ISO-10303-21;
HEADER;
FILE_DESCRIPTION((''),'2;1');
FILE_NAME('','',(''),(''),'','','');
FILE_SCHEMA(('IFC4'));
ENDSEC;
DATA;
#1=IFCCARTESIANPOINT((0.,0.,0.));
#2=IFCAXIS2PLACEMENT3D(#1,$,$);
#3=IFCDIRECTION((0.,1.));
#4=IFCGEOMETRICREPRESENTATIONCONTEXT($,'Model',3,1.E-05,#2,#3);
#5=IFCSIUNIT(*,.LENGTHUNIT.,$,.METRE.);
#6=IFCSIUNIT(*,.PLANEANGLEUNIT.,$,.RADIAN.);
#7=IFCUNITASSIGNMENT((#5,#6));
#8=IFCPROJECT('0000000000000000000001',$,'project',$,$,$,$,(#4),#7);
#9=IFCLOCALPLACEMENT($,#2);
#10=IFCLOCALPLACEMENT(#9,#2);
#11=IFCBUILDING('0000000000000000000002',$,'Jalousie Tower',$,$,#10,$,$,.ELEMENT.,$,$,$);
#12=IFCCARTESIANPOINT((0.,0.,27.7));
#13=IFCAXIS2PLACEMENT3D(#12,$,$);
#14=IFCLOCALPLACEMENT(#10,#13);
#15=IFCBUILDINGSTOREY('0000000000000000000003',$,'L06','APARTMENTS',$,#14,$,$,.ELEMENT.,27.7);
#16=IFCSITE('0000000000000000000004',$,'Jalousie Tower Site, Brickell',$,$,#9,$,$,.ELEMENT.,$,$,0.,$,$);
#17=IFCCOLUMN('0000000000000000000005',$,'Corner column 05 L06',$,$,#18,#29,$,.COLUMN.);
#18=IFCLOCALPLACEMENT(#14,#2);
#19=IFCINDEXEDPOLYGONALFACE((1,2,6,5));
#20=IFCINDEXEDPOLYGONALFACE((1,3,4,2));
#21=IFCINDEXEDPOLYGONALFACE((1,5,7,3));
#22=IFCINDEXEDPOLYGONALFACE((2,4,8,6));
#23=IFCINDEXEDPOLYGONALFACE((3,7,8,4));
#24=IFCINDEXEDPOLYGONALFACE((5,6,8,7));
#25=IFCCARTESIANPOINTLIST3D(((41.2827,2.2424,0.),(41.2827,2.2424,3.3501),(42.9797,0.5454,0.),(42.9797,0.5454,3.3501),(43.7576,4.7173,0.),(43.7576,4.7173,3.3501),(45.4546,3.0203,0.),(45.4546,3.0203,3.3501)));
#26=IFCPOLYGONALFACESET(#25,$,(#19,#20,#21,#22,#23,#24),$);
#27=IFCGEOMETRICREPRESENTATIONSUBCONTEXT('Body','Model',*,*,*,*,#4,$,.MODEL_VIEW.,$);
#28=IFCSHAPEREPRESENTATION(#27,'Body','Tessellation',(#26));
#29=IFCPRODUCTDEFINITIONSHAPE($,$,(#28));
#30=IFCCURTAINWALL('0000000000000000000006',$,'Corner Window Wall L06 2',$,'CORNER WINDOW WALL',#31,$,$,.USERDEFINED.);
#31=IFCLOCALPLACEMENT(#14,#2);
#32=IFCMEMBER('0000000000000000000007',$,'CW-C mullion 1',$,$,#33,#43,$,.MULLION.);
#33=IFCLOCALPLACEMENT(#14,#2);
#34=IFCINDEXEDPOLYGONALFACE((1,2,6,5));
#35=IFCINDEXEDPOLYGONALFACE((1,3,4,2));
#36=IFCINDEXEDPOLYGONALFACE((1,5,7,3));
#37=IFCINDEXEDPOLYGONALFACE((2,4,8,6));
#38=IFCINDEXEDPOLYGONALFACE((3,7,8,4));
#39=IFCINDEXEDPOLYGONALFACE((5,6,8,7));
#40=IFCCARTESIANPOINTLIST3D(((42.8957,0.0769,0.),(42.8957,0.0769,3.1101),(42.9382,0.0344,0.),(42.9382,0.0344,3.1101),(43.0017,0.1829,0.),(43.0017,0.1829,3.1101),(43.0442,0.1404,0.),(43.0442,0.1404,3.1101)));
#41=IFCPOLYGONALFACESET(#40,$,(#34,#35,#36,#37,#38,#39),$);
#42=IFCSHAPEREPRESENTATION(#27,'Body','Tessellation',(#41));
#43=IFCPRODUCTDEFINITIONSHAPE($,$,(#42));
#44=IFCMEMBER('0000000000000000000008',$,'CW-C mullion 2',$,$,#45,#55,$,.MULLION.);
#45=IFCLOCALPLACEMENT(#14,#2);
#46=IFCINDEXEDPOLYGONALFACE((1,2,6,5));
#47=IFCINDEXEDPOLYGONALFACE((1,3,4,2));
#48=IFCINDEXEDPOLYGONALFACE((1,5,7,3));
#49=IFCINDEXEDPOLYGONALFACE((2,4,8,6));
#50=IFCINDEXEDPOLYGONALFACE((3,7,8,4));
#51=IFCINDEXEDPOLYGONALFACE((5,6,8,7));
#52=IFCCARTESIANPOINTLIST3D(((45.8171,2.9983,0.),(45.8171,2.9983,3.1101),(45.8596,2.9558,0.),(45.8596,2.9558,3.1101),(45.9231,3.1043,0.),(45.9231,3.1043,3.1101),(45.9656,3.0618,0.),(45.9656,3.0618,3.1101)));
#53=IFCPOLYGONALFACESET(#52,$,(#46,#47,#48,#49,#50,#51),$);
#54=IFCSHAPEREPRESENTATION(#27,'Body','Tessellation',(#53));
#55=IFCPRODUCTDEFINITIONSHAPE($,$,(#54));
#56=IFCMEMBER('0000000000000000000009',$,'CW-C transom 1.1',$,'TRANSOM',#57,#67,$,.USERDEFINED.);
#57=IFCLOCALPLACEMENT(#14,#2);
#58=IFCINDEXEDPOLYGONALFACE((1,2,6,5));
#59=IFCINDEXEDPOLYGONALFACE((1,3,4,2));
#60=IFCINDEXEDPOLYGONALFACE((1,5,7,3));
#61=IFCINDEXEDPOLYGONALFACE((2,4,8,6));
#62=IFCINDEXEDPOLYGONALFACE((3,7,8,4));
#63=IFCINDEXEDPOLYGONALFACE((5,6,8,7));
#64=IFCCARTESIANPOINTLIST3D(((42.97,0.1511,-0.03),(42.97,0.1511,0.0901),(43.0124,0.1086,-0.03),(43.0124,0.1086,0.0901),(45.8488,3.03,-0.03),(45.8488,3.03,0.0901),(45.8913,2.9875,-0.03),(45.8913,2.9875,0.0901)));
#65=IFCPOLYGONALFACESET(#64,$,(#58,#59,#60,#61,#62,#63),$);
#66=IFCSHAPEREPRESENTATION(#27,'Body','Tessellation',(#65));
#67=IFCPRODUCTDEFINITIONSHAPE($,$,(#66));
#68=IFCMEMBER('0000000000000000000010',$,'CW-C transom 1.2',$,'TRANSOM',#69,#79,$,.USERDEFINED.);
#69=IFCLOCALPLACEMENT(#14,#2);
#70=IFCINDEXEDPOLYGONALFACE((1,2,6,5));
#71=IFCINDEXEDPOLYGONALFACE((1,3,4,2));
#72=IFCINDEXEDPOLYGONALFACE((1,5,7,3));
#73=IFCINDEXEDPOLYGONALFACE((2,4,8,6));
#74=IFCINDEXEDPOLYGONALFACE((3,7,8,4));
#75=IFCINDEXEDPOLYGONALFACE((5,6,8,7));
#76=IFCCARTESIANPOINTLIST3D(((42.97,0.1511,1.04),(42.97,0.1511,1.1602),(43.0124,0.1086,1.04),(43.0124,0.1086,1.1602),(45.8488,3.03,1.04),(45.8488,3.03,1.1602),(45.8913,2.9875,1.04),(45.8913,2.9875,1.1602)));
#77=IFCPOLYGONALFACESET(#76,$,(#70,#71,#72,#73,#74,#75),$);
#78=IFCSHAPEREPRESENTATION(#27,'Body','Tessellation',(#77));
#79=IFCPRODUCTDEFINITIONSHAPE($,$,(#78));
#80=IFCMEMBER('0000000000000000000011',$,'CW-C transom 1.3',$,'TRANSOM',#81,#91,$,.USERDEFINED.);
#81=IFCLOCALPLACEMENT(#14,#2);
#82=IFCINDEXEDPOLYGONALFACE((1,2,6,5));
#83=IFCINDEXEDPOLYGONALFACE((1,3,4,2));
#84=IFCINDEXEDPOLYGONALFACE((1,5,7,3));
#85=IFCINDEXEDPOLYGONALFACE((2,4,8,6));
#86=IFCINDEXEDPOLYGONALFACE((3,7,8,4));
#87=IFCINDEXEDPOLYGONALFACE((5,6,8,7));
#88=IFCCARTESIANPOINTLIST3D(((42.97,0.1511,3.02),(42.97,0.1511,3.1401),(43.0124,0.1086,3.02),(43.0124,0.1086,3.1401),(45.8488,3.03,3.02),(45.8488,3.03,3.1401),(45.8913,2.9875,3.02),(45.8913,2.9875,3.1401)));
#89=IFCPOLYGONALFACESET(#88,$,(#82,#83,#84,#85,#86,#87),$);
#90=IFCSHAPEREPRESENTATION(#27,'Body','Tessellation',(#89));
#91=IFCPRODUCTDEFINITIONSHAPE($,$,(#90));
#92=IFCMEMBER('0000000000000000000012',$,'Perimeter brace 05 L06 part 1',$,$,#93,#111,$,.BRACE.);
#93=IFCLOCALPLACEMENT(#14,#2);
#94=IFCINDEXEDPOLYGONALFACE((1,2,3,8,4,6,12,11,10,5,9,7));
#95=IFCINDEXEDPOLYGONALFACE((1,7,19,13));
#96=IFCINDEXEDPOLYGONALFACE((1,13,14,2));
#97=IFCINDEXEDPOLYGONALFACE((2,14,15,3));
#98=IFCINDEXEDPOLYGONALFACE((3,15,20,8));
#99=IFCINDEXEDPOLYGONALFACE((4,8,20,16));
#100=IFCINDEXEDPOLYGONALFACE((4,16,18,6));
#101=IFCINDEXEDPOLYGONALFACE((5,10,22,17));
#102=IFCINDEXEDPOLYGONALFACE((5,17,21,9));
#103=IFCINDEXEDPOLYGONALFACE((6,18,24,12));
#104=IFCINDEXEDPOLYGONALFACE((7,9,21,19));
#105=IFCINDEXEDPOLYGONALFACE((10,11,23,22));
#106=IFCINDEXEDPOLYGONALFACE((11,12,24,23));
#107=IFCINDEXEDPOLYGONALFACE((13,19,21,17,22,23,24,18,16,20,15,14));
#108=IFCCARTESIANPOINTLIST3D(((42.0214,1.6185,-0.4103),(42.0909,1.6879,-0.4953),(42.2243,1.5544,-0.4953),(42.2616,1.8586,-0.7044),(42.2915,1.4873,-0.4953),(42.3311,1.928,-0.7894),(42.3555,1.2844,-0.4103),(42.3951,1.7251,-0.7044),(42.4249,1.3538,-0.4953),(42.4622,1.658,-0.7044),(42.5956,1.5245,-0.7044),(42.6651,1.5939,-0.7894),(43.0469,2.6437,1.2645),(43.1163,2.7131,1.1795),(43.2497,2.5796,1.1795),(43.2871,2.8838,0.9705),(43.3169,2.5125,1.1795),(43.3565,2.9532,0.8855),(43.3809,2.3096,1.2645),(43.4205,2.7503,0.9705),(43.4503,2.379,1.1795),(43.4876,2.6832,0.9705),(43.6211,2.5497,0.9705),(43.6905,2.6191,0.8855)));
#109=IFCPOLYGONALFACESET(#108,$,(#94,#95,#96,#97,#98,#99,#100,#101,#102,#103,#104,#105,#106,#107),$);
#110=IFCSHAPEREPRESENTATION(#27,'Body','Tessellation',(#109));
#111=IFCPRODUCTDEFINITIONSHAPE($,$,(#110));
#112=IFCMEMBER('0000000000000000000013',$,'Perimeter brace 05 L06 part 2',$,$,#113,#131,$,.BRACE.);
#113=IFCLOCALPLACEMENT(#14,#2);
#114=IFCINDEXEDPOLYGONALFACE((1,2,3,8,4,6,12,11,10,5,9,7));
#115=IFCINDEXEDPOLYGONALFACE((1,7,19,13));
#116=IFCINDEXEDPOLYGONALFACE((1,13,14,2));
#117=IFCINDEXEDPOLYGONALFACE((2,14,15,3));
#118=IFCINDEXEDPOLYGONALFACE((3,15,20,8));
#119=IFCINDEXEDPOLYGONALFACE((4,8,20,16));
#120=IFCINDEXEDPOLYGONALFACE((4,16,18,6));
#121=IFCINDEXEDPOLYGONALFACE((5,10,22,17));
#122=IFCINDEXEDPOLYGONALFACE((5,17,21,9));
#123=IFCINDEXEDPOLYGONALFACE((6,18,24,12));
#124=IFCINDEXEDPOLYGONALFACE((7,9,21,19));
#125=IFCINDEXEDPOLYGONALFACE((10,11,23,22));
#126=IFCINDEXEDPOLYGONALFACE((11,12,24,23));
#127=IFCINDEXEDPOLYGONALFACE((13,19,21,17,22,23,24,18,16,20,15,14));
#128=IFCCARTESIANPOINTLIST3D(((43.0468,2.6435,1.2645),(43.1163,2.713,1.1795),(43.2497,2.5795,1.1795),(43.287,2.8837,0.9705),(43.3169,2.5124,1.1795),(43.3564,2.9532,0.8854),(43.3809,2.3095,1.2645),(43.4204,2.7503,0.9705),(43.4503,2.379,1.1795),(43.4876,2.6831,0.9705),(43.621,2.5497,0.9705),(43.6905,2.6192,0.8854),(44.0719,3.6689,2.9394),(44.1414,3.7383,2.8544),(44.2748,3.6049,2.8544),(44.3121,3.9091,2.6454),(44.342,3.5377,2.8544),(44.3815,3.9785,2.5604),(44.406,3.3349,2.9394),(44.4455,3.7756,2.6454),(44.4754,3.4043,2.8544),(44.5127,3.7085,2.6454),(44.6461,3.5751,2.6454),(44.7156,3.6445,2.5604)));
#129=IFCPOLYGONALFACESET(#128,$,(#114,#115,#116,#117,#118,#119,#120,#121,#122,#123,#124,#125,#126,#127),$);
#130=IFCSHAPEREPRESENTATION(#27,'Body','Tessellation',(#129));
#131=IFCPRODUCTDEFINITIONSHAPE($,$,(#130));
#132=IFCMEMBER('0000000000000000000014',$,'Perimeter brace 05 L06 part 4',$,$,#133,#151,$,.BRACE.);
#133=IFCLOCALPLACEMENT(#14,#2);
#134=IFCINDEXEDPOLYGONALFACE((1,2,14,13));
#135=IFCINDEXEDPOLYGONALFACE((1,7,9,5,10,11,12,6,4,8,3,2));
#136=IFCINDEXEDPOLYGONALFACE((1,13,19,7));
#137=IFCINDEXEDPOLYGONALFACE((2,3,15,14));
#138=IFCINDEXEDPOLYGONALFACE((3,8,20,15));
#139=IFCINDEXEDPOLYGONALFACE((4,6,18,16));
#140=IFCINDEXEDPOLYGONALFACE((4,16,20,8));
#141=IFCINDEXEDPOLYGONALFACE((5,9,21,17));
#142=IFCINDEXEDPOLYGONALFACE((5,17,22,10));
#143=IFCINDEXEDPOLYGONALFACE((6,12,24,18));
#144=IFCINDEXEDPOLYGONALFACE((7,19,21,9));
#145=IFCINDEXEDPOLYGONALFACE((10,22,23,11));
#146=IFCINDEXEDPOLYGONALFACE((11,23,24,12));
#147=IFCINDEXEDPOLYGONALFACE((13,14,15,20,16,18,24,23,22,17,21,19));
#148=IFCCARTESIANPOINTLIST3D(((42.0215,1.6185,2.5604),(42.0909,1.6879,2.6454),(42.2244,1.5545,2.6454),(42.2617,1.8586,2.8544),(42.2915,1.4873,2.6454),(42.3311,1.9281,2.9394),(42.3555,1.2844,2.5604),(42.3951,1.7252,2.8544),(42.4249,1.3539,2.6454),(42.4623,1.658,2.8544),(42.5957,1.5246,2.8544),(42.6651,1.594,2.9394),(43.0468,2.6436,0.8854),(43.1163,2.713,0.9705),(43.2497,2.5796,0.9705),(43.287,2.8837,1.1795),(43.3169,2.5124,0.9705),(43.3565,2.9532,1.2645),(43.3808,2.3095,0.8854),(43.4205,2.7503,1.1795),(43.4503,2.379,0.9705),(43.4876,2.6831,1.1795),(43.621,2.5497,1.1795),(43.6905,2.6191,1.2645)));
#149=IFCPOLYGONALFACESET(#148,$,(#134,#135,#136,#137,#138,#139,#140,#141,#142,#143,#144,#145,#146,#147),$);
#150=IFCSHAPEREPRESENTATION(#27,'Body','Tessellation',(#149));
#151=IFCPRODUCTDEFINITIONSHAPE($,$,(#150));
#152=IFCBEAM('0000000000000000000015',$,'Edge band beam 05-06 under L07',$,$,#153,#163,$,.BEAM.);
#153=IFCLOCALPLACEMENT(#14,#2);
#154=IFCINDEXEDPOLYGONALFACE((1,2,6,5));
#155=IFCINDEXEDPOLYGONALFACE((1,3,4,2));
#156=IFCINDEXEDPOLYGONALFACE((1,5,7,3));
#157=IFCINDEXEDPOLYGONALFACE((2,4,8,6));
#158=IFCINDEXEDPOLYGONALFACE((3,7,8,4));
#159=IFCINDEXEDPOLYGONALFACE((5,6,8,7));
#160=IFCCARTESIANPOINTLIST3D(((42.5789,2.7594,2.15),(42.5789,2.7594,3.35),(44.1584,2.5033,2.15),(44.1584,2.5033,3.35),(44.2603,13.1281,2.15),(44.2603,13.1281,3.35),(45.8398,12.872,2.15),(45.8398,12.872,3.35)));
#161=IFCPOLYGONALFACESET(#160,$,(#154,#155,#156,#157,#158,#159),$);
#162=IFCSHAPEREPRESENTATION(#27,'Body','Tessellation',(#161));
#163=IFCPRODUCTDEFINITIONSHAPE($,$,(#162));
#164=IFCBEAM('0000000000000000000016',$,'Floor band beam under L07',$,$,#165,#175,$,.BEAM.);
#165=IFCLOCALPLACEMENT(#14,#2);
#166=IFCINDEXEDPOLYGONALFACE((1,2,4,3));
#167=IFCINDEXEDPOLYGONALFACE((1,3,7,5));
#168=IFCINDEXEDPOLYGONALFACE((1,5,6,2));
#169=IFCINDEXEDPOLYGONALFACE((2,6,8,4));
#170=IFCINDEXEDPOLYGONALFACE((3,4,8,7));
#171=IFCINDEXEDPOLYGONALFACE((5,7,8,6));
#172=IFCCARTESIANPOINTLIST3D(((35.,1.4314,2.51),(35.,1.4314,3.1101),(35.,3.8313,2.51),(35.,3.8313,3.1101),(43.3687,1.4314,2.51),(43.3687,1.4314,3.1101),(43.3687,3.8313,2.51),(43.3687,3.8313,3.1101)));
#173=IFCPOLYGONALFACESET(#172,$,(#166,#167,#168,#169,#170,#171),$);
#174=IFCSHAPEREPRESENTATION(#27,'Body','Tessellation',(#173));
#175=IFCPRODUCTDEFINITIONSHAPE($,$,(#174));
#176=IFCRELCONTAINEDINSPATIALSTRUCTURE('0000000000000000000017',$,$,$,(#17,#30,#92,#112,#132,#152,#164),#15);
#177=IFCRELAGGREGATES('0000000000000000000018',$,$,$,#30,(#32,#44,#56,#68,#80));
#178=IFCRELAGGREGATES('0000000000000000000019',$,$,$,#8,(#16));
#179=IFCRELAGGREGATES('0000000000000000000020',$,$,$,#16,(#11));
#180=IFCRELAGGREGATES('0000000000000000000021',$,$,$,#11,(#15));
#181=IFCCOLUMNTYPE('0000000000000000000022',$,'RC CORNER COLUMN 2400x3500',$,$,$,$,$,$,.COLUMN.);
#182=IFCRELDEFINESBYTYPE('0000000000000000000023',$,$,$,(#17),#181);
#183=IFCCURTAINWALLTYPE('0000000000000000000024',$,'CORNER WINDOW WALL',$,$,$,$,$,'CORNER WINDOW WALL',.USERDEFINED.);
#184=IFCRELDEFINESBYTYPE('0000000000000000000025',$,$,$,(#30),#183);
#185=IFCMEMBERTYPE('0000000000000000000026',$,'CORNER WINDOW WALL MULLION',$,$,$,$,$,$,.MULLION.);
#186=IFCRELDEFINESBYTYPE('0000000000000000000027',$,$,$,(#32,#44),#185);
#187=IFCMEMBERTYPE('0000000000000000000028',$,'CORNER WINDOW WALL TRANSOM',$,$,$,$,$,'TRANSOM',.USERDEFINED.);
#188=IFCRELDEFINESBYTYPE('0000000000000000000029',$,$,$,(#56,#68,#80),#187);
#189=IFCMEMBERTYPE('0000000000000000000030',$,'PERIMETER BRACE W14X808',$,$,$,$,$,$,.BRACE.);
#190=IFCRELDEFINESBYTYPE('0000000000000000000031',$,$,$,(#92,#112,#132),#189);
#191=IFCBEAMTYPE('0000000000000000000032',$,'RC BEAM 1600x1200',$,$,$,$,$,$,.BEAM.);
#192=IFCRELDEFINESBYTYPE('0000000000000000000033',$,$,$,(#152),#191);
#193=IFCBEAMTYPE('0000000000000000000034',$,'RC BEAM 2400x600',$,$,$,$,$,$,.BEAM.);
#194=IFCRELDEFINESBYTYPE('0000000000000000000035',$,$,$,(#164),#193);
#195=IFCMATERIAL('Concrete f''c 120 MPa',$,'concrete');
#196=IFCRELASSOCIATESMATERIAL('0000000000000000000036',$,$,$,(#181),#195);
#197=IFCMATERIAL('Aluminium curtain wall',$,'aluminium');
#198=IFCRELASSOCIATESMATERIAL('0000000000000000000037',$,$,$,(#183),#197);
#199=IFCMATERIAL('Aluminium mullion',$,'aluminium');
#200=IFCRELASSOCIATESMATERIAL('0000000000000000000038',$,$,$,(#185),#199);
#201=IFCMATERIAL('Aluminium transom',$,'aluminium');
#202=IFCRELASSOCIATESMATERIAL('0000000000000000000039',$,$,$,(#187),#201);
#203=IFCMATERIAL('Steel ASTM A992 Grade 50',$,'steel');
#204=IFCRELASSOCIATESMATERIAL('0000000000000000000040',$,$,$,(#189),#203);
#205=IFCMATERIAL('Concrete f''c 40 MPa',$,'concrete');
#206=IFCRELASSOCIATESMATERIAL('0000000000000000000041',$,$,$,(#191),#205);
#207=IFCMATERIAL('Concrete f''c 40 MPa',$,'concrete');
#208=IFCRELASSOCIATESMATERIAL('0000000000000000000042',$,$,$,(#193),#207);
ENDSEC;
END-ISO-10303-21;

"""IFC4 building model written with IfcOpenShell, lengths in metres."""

from ifc_helpers import new_model, si_unit, direction, frame, origin, origin_2d, place, context, subcontext, project, spatial, rectangle, i_section, extrude, material, material_profile, profile_set, type_object, element, aggregate, save


model = new_model("IFC4")

# Units and contexts
model_context = context("Model", 3, precision=1e-05, world=origin(), true_north=direction((0.0, 1.0)))
body_context = subcontext(model_context, "Body", "Model", "MODEL_VIEW")
ifc_project = project(units=[si_unit("LENGTHUNIT", "METRE"), si_unit("PLANEANGLEUNIT", "RADIAN")], contexts=[model_context])

# Site, building, storey
site_placement = place(None, origin())
site = spatial("IfcSite", under=ifc_project, at=site_placement, Name="Jalousie Tower Site, Brickell", CompositionType="ELEMENT", RefElevation=0.0)
building_placement = place(site_placement, origin())
building = spatial("IfcBuilding", under=site, at=building_placement, Name="Jalousie Tower", CompositionType="ELEMENT")
storey_placement = place(building_placement, frame((0.0, 0.0, 27.7)))
storey = spatial("IfcBuildingStorey", under=building, at=storey_placement, Name="L06", Description="APARTMENTS", CompositionType="ELEMENT", Elevation=27.7)

# Column
ifc_material_1 = material(Name="Concrete f'c 120 MPa", Category="concrete")
ifc_material_profile_1 = material_profile(ifc_material_1, rectangle(XDim=2.3999, YDim=3.5, at=origin_2d()), Name="RC 2400x3500")
ifc_profile_set_1 = profile_set([ifc_material_profile_1], Name="Concrete f'c 120 MPa")
column_type = type_object("IfcColumnType", Name="RC CORNER COLUMN 2400x3500", PredefinedType="COLUMN", material=ifc_profile_set_1)
column_placement = place(storey_placement, frame((43.3687, 2.6313, 0.0), z_axis=(0.0, 0.0, 1.0), x_axis=(-0.707107, 0.707107, 0.0)))
element("IfcColumn", 1, at=column_placement, inside=storey, type_object=column_type, Name="Corner column 05 L06", PredefinedType="COLUMN", context=body_context, shape_type="SweptSolid", body=[
    extrude(rectangle(XDim=2.3999, YDim=3.5, at=origin_2d()), origin(), (0.0, 0.0, 1.0), 3.3501),
])

# Curtain wall, members
ifc_material_2 = material(Name="Aluminium curtain wall", Category="aluminium")
curtain_wall_type_1 = type_object("IfcCurtainWallType", Name="CORNER WINDOW WALL", ElementType="CORNER WINDOW WALL", PredefinedType="USERDEFINED", material=ifc_material_2)
curtain_wall_1_placement = place(storey_placement, origin())
curtain_wall_1 = element("IfcCurtainWall", 2, at=curtain_wall_1_placement, inside=storey, type_object=curtain_wall_type_1, Name="Corner Window Wall L06 2", ObjectType="CORNER WINDOW WALL", PredefinedType="USERDEFINED")
ifc_material_3 = material(Name="Aluminium mullion", Category="aluminium")
ifc_material_profile_2 = material_profile(ifc_material_3, rectangle(XDim=0.0601, YDim=0.1499, at=origin_2d()), Name="MULLION 60x150")
ifc_profile_set_2 = profile_set([ifc_material_profile_2], Name="Aluminium mullion")
member_type_1 = type_object("IfcMemberType", Name="CORNER WINDOW WALL MULLION", PredefinedType="MULLION", material=ifc_profile_set_2)
member_1_placement = place(storey_placement, frame((42.97, 0.1086, 0.0), z_axis=(0.0, 0.0, 1.0), x_axis=(-0.707107, 0.707107, 0.0)))
member_1 = element("IfcMember", 3, at=member_1_placement, type_object=member_type_1, Name="CW-C mullion 1", PredefinedType="MULLION", context=body_context, shape_type="SweptSolid", body=[
    extrude(rectangle(XDim=0.0601, YDim=0.1499, at=origin_2d()), origin(), (0.0, 0.0, 1.0), 3.1101),
])
member_2_placement = place(storey_placement, frame((45.8914, 3.03, 0.0), z_axis=(0.0, 0.0, 1.0), x_axis=(-0.707107, 0.707107, 0.0)))
member_2 = element("IfcMember", 4, at=member_2_placement, type_object=member_type_1, Name="CW-C mullion 2", PredefinedType="MULLION", context=body_context, shape_type="SweptSolid", body=[
    extrude(rectangle(XDim=0.0601, YDim=0.1499, at=origin_2d()), origin(), (0.0, 0.0, 1.0), 3.1101),
])
ifc_material_4 = material(Name="Aluminium transom", Category="aluminium")
ifc_material_profile_3 = material_profile(ifc_material_4, rectangle(XDim=0.0601, YDim=0.1201, at=origin_2d()), Name="TRANSOM 60x120")
ifc_profile_set_3 = profile_set([ifc_material_profile_3], Name="Aluminium transom")
member_type_2 = type_object("IfcMemberType", Name="CORNER WINDOW WALL TRANSOM", ElementType="TRANSOM", PredefinedType="USERDEFINED", material=ifc_profile_set_3)
member_3_placement = place(storey_placement, frame((42.9912, 0.1299, 0.03), z_axis=(0.707107, 0.707107, 0.0), x_axis=(-0.707107, 0.707107, 0.0)))
member_3 = element("IfcMember", 5, at=member_3_placement, type_object=member_type_2, Name="CW-C transom 1.1", ObjectType="TRANSOM", PredefinedType="USERDEFINED", context=body_context, shape_type="SweptSolid", body=[
    extrude(rectangle(XDim=0.0601, YDim=0.1201, at=origin_2d()), origin(), (0.0, 0.0, 1.0), 4.0713),
])
member_4_placement = place(storey_placement, frame((42.9912, 0.1299, 1.1001), z_axis=(0.707107, 0.707107, 0.0), x_axis=(-0.707107, 0.707107, 0.0)))
member_4 = element("IfcMember", 6, at=member_4_placement, type_object=member_type_2, Name="CW-C transom 1.2", ObjectType="TRANSOM", PredefinedType="USERDEFINED", context=body_context, shape_type="SweptSolid", body=[
    extrude(rectangle(XDim=0.0601, YDim=0.1201, at=origin_2d()), origin(), (0.0, 0.0, 1.0), 4.0713),
])
member_5_placement = place(storey_placement, frame((42.9912, 0.1299, 3.0801), z_axis=(0.707107, 0.707107, 0.0), x_axis=(-0.707107, 0.707107, 0.0)))
member_5 = element("IfcMember", 7, at=member_5_placement, type_object=member_type_2, Name="CW-C transom 1.3", ObjectType="TRANSOM", PredefinedType="USERDEFINED", context=body_context, shape_type="SweptSolid", body=[
    extrude(rectangle(XDim=0.0601, YDim=0.1201, at=origin_2d()), origin(), (0.0, 0.0, 1.0), 4.0713),
])

# Members
ifc_material_5 = material(Name="Steel ASTM A992 Grade 50", Category="steel")
ifc_material_profile_4 = material_profile(ifc_material_5, i_section(OverallWidth=0.4724, OverallDepth=0.5791, WebThickness=0.095, FlangeThickness=0.1299, at=origin_2d()), Name="W14X808")
ifc_profile_set_4 = profile_set([ifc_material_profile_4], Name="Steel ASTM A992 Grade 50")
member_type_3 = type_object("IfcMemberType", Name="PERIMETER BRACE W14X808", PredefinedType="BRACE", material=ifc_profile_set_4)
for number, where, z_axis, x_axis, name in (
    (8, (42.3433, 1.6062, -0.5999), (0.462879, 0.462768, 0.756035), (-0.707023, 0.707191, 0.0), "Perimeter brace 05 L06 part 1"),
    (9, (43.3687, 2.6313, 1.075), (0.46273, 0.46284, 0.756082), (-0.707191, 0.707023, 0.0), "Perimeter brace 05 L06 part 2"),
    (10, (43.3687, 2.6313, 1.075), (-0.46284, -0.46273, 0.756082), (0.707023, -0.707191, 0.0), "Perimeter brace 05 L06 part 4"),
):
    element("IfcMember", number, at=place(storey_placement, frame(where, z_axis=z_axis, x_axis=x_axis)), inside=storey, type_object=member_type_3, Name=name, PredefinedType="BRACE", context=body_context, shape_type="SweptSolid", body=[
        extrude(i_section(OverallWidth=0.4724, OverallDepth=0.5791, WebThickness=0.095, FlangeThickness=0.1299, at=origin_2d()), origin(), (0.0, 0.0, 1.0), 2.2153),
    ])

# Beams
ifc_material_6 = material(Name="Concrete f'c 40 MPa", Category="concrete")
ifc_material_profile_5 = material_profile(ifc_material_6, rectangle(XDim=1.6001, YDim=1.2, at=origin_2d()), Name="RC 1600x1200")
ifc_profile_set_5 = profile_set([ifc_material_profile_5], Name="Concrete f'c 40 MPa")
beam_type_1 = type_object("IfcBeamType", Name="RC BEAM 1600x1200", PredefinedType="BEAM", material=ifc_profile_set_5)
beam_1_placement = place(storey_placement, frame((43.3687, 2.6313, 2.75), z_axis=(0.160071, 0.987106, 0.0), x_axis=(-0.987106, 0.160071, 0.0)))
element("IfcBeam", 11, at=beam_1_placement, inside=storey, type_object=beam_type_1, Name="Edge band beam 05-06 under L07", PredefinedType="BEAM", context=body_context, shape_type="SweptSolid", body=[
    extrude(rectangle(XDim=1.6001, YDim=1.2, at=origin_2d()), origin(), (0.0, 0.0, 1.0), 10.5042),
])
ifc_material_7 = material(Name="Concrete f'c 40 MPa", Category="concrete")
ifc_material_profile_6 = material_profile(ifc_material_7, rectangle(XDim=2.3999, YDim=0.6001, at=origin_2d()), Name="RC 2400x600")
ifc_profile_set_6 = profile_set([ifc_material_profile_6], Name="Concrete f'c 40 MPa")
beam_type_2 = type_object("IfcBeamType", Name="RC BEAM 2400x600", PredefinedType="BEAM", material=ifc_profile_set_6)
beam_2_placement = place(storey_placement, frame((43.3687, 2.6313, 2.8101), z_axis=(-1.0, 0.0, 0.0), x_axis=(0.0, -1.0, 0.0)))
element("IfcBeam", 12, at=beam_2_placement, inside=storey, type_object=beam_type_2, Name="Floor band beam under L07", PredefinedType="BEAM", context=body_context, shape_type="SweptSolid", body=[
    extrude(rectangle(XDim=2.3999, YDim=0.6001, at=origin_2d()), origin(), (0.0, 0.0, 1.0), 8.3687),
])

aggregate(curtain_wall_1, [member_1, member_2, member_3, member_4, member_5])

save(model, "model.ifc")
